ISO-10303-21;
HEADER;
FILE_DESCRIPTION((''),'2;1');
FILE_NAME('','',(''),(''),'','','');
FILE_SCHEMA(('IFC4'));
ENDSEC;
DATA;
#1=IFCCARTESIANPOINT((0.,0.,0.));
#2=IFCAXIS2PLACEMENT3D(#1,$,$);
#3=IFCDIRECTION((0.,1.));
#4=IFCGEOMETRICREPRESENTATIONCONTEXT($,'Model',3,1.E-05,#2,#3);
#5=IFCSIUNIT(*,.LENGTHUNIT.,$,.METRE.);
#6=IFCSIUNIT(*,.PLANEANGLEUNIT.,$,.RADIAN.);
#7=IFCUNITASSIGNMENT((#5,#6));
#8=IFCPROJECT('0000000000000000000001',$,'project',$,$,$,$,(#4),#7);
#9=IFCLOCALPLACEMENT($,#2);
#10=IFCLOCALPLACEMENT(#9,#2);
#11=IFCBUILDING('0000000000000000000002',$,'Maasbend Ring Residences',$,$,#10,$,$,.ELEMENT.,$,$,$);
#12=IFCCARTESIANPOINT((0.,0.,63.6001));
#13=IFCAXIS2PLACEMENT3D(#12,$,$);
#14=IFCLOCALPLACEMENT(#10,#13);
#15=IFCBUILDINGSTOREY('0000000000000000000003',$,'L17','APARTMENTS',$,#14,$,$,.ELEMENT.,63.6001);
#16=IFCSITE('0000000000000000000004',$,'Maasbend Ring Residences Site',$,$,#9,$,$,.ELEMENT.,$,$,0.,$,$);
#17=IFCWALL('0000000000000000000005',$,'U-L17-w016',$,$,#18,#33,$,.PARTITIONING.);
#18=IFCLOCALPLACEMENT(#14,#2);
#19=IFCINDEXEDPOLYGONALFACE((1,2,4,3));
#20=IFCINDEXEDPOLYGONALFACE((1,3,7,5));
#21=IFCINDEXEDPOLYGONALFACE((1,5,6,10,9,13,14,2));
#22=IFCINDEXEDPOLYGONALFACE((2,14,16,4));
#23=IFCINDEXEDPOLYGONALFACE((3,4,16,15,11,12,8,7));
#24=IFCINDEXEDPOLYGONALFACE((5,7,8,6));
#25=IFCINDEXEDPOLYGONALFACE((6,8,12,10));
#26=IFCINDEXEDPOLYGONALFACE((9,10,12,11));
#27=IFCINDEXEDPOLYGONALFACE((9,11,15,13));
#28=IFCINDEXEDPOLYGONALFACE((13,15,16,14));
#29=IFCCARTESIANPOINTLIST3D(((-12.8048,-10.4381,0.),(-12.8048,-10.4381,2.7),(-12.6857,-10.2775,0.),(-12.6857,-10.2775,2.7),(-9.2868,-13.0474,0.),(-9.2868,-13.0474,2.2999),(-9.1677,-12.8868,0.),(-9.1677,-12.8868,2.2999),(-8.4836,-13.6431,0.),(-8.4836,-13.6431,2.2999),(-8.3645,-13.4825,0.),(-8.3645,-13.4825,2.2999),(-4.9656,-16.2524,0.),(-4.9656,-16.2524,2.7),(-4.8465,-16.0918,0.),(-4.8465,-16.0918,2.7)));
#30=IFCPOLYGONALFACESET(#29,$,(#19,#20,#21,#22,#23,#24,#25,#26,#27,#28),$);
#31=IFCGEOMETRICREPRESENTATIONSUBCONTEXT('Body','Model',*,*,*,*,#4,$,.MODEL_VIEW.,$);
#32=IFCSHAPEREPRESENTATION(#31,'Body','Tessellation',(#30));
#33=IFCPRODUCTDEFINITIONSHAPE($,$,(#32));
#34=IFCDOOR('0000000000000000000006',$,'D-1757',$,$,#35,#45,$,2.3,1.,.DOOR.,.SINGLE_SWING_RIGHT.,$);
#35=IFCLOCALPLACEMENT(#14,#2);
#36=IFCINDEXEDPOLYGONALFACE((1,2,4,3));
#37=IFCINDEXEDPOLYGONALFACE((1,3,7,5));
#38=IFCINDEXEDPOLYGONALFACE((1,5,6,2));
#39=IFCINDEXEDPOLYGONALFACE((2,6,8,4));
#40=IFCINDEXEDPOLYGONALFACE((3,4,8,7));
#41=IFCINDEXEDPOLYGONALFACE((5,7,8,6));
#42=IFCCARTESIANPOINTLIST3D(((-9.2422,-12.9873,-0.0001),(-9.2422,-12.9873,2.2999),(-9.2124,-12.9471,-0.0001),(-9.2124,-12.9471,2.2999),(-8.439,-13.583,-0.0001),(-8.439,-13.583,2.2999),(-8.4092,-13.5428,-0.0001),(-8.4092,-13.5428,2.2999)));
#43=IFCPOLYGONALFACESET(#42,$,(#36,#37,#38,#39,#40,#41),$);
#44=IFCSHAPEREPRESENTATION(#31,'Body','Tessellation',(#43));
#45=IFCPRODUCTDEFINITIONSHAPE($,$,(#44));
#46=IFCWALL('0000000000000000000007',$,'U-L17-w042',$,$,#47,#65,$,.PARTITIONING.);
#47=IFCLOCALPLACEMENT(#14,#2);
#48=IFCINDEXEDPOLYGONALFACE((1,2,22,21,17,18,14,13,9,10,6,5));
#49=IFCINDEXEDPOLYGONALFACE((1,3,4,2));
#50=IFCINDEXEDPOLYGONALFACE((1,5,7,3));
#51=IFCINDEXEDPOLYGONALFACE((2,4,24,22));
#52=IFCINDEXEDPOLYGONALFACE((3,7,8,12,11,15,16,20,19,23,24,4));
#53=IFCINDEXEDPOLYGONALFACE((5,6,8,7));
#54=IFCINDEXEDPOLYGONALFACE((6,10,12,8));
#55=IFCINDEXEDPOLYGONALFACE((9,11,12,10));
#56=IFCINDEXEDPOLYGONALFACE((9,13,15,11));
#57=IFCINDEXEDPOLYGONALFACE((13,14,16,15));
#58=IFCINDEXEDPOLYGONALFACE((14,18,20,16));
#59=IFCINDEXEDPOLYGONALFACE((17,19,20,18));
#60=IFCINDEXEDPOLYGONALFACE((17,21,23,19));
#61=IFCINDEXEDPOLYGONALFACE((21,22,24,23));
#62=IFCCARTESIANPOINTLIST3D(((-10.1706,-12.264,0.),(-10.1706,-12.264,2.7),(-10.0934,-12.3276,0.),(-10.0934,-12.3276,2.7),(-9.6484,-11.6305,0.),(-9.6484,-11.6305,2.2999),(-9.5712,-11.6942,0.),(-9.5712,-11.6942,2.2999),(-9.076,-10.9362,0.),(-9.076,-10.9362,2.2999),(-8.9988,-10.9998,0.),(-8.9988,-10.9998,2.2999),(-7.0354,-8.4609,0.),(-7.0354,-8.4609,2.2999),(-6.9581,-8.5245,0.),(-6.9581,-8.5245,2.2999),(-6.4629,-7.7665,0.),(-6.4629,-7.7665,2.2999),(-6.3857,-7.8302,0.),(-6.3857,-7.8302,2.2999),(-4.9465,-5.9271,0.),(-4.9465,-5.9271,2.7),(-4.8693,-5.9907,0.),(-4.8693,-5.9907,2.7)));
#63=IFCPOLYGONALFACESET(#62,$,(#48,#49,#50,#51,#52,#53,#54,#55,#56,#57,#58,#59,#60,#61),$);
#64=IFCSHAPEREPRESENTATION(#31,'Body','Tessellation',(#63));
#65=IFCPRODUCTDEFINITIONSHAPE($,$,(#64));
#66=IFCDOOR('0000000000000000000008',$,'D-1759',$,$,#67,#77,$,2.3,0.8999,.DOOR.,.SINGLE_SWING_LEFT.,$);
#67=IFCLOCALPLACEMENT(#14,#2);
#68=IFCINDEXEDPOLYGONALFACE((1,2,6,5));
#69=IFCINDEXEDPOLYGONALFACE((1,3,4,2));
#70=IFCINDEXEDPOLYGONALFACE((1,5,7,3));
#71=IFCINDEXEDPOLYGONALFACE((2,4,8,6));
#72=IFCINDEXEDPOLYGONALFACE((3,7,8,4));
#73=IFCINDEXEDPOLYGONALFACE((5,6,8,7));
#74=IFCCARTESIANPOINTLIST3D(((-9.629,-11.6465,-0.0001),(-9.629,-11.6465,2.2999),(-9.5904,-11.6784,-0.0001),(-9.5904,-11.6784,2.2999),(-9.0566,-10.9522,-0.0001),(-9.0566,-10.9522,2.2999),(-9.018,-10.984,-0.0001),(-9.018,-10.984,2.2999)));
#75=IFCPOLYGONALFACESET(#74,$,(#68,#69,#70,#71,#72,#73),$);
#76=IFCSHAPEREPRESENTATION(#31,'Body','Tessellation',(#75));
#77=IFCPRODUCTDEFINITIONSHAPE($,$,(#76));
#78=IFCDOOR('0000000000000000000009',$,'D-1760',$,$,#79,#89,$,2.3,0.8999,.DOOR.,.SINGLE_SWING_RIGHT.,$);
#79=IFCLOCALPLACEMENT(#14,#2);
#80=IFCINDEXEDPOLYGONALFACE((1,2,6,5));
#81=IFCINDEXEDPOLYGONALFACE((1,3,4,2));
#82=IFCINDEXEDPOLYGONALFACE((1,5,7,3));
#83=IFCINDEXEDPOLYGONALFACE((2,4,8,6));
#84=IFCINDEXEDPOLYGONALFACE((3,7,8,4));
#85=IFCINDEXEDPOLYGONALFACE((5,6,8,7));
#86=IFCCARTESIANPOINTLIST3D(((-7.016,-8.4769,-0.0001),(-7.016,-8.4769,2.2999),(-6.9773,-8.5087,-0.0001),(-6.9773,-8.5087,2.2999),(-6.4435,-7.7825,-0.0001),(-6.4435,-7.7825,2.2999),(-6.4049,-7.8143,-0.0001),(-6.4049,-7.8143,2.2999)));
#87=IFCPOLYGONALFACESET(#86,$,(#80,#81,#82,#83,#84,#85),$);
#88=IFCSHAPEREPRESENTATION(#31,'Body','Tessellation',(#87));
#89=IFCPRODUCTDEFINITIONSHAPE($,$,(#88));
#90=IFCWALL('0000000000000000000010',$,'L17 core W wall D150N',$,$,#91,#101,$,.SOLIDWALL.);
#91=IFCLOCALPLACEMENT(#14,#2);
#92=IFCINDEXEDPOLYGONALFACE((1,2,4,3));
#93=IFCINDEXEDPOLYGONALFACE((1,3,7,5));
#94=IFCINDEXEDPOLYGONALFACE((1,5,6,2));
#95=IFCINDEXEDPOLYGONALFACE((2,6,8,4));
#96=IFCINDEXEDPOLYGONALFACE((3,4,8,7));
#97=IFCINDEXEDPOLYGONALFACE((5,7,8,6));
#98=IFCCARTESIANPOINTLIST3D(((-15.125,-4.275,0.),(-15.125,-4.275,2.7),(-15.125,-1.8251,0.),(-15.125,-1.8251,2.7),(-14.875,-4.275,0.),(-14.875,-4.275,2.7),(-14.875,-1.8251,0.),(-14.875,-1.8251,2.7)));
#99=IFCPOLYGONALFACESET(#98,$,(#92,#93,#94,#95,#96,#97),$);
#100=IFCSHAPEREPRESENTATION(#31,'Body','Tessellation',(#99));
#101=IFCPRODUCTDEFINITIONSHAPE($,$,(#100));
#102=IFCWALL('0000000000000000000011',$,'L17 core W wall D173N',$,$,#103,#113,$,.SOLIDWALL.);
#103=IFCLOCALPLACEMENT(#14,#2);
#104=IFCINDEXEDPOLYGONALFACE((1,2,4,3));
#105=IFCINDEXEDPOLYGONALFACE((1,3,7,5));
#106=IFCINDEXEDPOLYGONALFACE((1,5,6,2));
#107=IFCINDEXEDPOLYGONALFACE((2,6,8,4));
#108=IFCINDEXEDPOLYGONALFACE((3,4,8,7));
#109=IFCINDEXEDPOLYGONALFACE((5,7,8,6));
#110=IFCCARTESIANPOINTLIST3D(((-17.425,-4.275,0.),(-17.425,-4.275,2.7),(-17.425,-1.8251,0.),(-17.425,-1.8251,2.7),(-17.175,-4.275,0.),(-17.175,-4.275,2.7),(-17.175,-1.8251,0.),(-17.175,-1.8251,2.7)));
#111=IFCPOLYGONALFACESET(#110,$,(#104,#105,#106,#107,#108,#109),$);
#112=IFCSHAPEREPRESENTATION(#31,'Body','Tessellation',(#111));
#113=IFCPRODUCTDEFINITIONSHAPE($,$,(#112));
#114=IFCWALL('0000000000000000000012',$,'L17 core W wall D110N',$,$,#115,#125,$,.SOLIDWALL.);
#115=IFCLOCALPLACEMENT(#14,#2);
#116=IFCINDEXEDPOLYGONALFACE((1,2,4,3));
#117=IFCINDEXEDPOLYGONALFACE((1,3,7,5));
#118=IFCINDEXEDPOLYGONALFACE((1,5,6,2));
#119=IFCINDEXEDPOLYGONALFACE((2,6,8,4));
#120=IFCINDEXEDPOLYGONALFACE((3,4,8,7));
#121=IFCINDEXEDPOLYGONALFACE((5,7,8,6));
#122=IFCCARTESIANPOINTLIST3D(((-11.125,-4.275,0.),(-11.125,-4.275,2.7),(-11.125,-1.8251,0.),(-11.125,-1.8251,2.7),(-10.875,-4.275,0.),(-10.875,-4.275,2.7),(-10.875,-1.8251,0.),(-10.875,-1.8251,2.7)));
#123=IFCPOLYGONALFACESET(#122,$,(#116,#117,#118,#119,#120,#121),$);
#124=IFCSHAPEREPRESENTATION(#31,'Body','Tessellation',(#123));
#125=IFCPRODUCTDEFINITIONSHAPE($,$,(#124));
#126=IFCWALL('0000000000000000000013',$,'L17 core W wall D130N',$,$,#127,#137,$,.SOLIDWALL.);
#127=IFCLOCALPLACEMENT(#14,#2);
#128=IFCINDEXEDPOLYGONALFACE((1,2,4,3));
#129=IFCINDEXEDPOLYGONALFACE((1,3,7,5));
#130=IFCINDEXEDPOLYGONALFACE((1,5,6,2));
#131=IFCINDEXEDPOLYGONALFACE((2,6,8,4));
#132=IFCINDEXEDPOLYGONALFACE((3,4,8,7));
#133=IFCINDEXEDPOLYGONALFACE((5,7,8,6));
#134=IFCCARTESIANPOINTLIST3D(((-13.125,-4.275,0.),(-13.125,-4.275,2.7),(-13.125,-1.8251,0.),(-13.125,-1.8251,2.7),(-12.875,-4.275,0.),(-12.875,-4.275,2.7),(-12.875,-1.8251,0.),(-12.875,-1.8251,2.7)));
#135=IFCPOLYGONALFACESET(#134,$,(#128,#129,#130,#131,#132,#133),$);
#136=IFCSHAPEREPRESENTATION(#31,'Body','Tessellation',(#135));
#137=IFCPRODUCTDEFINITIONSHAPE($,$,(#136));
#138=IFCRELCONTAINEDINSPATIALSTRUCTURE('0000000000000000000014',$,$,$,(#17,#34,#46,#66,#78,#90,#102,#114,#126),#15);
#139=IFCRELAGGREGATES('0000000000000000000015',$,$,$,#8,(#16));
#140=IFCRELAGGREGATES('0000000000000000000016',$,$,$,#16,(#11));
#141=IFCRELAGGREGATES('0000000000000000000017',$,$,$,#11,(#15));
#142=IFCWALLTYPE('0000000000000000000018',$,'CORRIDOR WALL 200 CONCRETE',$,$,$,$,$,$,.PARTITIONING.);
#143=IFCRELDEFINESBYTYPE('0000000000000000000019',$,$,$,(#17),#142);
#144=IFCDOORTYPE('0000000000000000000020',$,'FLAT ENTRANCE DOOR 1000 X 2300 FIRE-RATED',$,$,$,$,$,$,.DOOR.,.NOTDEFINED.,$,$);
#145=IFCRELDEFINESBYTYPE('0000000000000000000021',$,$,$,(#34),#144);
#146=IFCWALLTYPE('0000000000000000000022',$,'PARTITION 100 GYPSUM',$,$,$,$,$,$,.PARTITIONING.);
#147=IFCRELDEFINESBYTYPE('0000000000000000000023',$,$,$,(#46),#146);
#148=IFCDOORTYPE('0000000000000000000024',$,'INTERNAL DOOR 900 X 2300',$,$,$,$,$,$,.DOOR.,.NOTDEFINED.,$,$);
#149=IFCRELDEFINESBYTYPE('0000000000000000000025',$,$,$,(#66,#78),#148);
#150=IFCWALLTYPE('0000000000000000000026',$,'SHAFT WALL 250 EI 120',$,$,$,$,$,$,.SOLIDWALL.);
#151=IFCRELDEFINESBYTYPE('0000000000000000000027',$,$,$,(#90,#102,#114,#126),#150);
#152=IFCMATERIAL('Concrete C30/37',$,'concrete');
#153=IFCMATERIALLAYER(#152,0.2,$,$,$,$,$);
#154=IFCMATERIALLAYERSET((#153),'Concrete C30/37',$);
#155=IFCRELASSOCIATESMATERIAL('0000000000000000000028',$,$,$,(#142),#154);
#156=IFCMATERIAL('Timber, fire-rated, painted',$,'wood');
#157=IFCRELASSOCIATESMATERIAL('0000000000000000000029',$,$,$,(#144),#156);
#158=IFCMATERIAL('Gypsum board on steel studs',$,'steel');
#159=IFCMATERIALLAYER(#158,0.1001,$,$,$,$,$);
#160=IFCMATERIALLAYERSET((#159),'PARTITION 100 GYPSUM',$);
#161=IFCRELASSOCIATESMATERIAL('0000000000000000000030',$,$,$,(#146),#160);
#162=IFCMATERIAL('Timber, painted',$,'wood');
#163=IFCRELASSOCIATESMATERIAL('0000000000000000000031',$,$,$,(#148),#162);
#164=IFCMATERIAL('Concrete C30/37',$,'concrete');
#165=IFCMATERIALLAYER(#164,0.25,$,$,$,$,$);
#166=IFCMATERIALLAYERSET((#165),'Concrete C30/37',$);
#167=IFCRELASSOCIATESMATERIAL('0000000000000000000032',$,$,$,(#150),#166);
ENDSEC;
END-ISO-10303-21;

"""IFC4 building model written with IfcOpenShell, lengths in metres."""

from ifc_helpers import new_model, si_unit, direction, frame, frame_2d, origin, place, context, subcontext, project, spatial, rectangle, extrude, material, layer, layer_set, type_object, element, fill, save


model = new_model("IFC4")

# Units and contexts
model_context = context("Model", 3, precision=1e-05, world=origin(), true_north=direction((0.0, 1.0)))
body_context = subcontext(model_context, "Body", "Model", "MODEL_VIEW")
ifc_project = project(units=[si_unit("LENGTHUNIT", "METRE"), si_unit("PLANEANGLEUNIT", "RADIAN")], contexts=[model_context])

# Site, building, storey
site_placement = place(None, origin())
site = spatial("IfcSite", under=ifc_project, at=site_placement, Name="Maasbend Ring Residences Site", CompositionType="ELEMENT", RefElevation=0.0)
building_placement = place(site_placement, origin())
building = spatial("IfcBuilding", under=site, at=building_placement, Name="Maasbend Ring Residences", CompositionType="ELEMENT")
storey_placement = place(building_placement, frame((0.0, 0.0, 63.6001)))
storey = spatial("IfcBuildingStorey", under=building, at=storey_placement, Name="L17", Description="APARTMENTS", CompositionType="ELEMENT", Elevation=63.6001)

# Wall, opening, door
ifc_material_1 = material(Name="Concrete C30/37", Category="concrete")
ifc_layer_1 = layer(ifc_material_1, 0.2)
ifc_layer_set_1 = layer_set([ifc_layer_1], Name="Concrete C30/37")
wall_type_1 = type_object("IfcWallType", Name="CORRIDOR WALL 200 CONCRETE", PredefinedType="PARTITIONING", material=ifc_layer_set_1)
ifc_material_2 = material(Name="Timber, fire-rated, painted", Category="wood")
door_type_1 = type_object("IfcDoorType", Name="FLAT ENTRANCE DOOR 1000 X 2300 FIRE-RATED", OperationType="NOTDEFINED", PredefinedType="DOOR", material=ifc_material_2)
wall_1_placement = place(storey_placement, frame((-12.7451, -10.3579, 0.0), z_axis=(0.0, 0.0, 1.0), x_axis=(0.803191, -0.595721, 0.0)))
wall_1 = element("IfcWall", 1, at=wall_1_placement, inside=storey, type_object=wall_type_1, Name="U-L17-w016", PredefinedType="PARTITIONING", context=body_context, shape_type="SweptSolid", body=[
    extrude(rectangle(XDim=9.76, YDim=0.2, at=frame_2d((4.8799, 0.0))), origin(), (0.0, 0.0, 1.0), 2.7),
])
opening_1_placement = place(wall_1_placement, frame((4.3799, 0.0, 0.0)))
opening_1 = element("IfcOpeningElement", 2, at=opening_1_placement, cuts=wall_1, PredefinedType="OPENING", context=body_context, shape_type="SweptSolid", body=[
    extrude(rectangle(XDim=1.0, YDim=2.3, at=frame_2d((0.5, 1.1499))), frame((0.0, 0.1099, 0.0), z_axis=(0.0, -1.0, 0.0), x_axis=(1.0, 0.0, 0.0)), (0.0, 0.0, 1.0), 0.22),
])
door_1_placement = place(opening_1_placement, origin())
door_1 = element("IfcDoor", 3, at=door_1_placement, inside=storey, type_object=door_type_1, Name="D-1757", OperationType="SINGLE_SWING_RIGHT", OverallHeight=2.3, OverallWidth=1.0, PredefinedType="DOOR", context=body_context, shape_type="SweptSolid", body=[
    extrude(rectangle(XDim=1.0, YDim=2.3, at=frame_2d((0.5, 1.1499))), frame((0.0, 0.0249, 0.0), z_axis=(0.0, -1.0, 0.0), x_axis=(1.0, 0.0, 0.0)), (0.0, 0.0, 1.0), 0.05),
])
fill(opening_1, door_1)

# Wall, openings, doors
ifc_material_3 = material(Name="Gypsum board on steel studs", Category="steel")
ifc_layer_2 = layer(ifc_material_3, 0.1001)
ifc_layer_set_2 = layer_set([ifc_layer_2], Name="PARTITION 100 GYPSUM")
wall_type_2 = type_object("IfcWallType", Name="PARTITION 100 GYPSUM", PredefinedType="PARTITIONING", material=ifc_layer_set_2)
wall_2_placement = place(storey_placement, frame((-10.1321, -12.2959, 0.0), z_axis=(0.0, 0.0, 1.0), x_axis=(0.636105, 0.771602, 0.0)))
wall_2 = element("IfcWall", 4, at=wall_2_placement, inside=storey, type_object=wall_type_2, Name="U-L17-w042", PredefinedType="PARTITIONING", context=body_context, shape_type="SweptSolid", body=[
    extrude(rectangle(XDim=8.2126, YDim=0.1001, at=frame_2d((4.1064, 0.0))), origin(), (0.0, 0.0, 1.0), 2.7),
])
opening_2_placement = place(wall_2_placement, frame((0.821, 0.0, 0.0)))
opening_2 = element("IfcOpeningElement", 5, at=opening_2_placement, cuts=wall_2, PredefinedType="OPENING", context=body_context, shape_type="SweptSolid", body=[
    extrude(rectangle(XDim=0.8999, YDim=2.3, at=frame_2d((0.45, 1.1499))), frame((0.0, 0.0601, 0.0), z_axis=(0.0, -1.0, 0.0), x_axis=(1.0, 0.0, 0.0)), (0.0, 0.0, 1.0), 0.1201),
])
opening_3_placement = place(wall_2_placement, frame((4.929, 0.0, 0.0)))
opening_3 = element("IfcOpeningElement", 6, at=opening_3_placement, cuts=wall_2, PredefinedType="OPENING", context=body_context, shape_type="SweptSolid", body=[
    extrude(rectangle(XDim=0.8999, YDim=2.3, at=frame_2d((0.45, 1.1499))), frame((0.0, 0.0601, 0.0), z_axis=(0.0, -1.0, 0.0), x_axis=(1.0, 0.0, 0.0)), (0.0, 0.0, 1.0), 0.1201),
])
ifc_material_4 = material(Name="Timber, painted", Category="wood")
door_type_2 = type_object("IfcDoorType", Name="INTERNAL DOOR 900 X 2300", OperationType="NOTDEFINED", PredefinedType="DOOR", material=ifc_material_4)
door_2_placement = place(opening_2_placement, origin())
door_2 = element("IfcDoor", 7, at=door_2_placement, inside=storey, type_object=door_type_2, Name="D-1759", OperationType="SINGLE_SWING_LEFT", OverallHeight=2.3, OverallWidth=0.8999, PredefinedType="DOOR", context=body_context, shape_type="SweptSolid", body=[
    extrude(rectangle(XDim=0.8999, YDim=2.3, at=frame_2d((0.45, 1.1499))), frame((0.0, 0.0249, 0.0), z_axis=(0.0, -1.0, 0.0), x_axis=(1.0, 0.0, 0.0)), (0.0, 0.0, 1.0), 0.05),
])
fill(opening_2, door_2)
door_3_placement = place(opening_3_placement, origin())
door_3 = element("IfcDoor", 8, at=door_3_placement, inside=storey, type_object=door_type_2, Name="D-1760", OperationType="SINGLE_SWING_RIGHT", OverallHeight=2.3, OverallWidth=0.8999, PredefinedType="DOOR", context=body_context, shape_type="SweptSolid", body=[
    extrude(rectangle(XDim=0.8999, YDim=2.3, at=frame_2d((0.45, 1.1499))), frame((0.0, 0.0249, 0.0), z_axis=(0.0, -1.0, 0.0), x_axis=(1.0, 0.0, 0.0)), (0.0, 0.0, 1.0), 0.05),
])
fill(opening_3, door_3)

# Walls
ifc_material_5 = material(Name="Concrete C30/37", Category="concrete")
ifc_layer_3 = layer(ifc_material_5, 0.25)
ifc_layer_set_3 = layer_set([ifc_layer_3], Name="Concrete C30/37")
wall_type_3 = type_object("IfcWallType", Name="SHAFT WALL 250 EI 120", PredefinedType="SOLIDWALL", material=ifc_layer_set_3)
for number, where, z_axis, x_axis, name in (
    (9, (-15.0, -1.825, 0.0), (0.0, 0.0, 1.0), (0.0, -1.0, 0.0), "L17 core W wall D150N"),
    (10, (-17.3, -1.825, 0.0), (0.0, 0.0, 1.0), (0.0, -1.0, 0.0), "L17 core W wall D173N"),
    (11, (-11.0, -1.825, 0.0), (0.0, 0.0, 1.0), (0.0, -1.0, 0.0), "L17 core W wall D110N"),
    (12, (-13.0, -1.825, 0.0), (0.0, 0.0, 1.0), (0.0, -1.0, 0.0), "L17 core W wall D130N"),
):
    element("IfcWall", number, at=place(storey_placement, frame(where, z_axis=z_axis, x_axis=x_axis)), inside=storey, type_object=wall_type_3, Name=name, PredefinedType="SOLIDWALL", context=body_context, shape_type="SweptSolid", body=[
        extrude(rectangle(XDim=2.45, YDim=0.25, at=frame_2d((1.2251, 0.0))), origin(), (0.0, 0.0, 1.0), 2.7),
    ])

save(model, "model.ifc")
